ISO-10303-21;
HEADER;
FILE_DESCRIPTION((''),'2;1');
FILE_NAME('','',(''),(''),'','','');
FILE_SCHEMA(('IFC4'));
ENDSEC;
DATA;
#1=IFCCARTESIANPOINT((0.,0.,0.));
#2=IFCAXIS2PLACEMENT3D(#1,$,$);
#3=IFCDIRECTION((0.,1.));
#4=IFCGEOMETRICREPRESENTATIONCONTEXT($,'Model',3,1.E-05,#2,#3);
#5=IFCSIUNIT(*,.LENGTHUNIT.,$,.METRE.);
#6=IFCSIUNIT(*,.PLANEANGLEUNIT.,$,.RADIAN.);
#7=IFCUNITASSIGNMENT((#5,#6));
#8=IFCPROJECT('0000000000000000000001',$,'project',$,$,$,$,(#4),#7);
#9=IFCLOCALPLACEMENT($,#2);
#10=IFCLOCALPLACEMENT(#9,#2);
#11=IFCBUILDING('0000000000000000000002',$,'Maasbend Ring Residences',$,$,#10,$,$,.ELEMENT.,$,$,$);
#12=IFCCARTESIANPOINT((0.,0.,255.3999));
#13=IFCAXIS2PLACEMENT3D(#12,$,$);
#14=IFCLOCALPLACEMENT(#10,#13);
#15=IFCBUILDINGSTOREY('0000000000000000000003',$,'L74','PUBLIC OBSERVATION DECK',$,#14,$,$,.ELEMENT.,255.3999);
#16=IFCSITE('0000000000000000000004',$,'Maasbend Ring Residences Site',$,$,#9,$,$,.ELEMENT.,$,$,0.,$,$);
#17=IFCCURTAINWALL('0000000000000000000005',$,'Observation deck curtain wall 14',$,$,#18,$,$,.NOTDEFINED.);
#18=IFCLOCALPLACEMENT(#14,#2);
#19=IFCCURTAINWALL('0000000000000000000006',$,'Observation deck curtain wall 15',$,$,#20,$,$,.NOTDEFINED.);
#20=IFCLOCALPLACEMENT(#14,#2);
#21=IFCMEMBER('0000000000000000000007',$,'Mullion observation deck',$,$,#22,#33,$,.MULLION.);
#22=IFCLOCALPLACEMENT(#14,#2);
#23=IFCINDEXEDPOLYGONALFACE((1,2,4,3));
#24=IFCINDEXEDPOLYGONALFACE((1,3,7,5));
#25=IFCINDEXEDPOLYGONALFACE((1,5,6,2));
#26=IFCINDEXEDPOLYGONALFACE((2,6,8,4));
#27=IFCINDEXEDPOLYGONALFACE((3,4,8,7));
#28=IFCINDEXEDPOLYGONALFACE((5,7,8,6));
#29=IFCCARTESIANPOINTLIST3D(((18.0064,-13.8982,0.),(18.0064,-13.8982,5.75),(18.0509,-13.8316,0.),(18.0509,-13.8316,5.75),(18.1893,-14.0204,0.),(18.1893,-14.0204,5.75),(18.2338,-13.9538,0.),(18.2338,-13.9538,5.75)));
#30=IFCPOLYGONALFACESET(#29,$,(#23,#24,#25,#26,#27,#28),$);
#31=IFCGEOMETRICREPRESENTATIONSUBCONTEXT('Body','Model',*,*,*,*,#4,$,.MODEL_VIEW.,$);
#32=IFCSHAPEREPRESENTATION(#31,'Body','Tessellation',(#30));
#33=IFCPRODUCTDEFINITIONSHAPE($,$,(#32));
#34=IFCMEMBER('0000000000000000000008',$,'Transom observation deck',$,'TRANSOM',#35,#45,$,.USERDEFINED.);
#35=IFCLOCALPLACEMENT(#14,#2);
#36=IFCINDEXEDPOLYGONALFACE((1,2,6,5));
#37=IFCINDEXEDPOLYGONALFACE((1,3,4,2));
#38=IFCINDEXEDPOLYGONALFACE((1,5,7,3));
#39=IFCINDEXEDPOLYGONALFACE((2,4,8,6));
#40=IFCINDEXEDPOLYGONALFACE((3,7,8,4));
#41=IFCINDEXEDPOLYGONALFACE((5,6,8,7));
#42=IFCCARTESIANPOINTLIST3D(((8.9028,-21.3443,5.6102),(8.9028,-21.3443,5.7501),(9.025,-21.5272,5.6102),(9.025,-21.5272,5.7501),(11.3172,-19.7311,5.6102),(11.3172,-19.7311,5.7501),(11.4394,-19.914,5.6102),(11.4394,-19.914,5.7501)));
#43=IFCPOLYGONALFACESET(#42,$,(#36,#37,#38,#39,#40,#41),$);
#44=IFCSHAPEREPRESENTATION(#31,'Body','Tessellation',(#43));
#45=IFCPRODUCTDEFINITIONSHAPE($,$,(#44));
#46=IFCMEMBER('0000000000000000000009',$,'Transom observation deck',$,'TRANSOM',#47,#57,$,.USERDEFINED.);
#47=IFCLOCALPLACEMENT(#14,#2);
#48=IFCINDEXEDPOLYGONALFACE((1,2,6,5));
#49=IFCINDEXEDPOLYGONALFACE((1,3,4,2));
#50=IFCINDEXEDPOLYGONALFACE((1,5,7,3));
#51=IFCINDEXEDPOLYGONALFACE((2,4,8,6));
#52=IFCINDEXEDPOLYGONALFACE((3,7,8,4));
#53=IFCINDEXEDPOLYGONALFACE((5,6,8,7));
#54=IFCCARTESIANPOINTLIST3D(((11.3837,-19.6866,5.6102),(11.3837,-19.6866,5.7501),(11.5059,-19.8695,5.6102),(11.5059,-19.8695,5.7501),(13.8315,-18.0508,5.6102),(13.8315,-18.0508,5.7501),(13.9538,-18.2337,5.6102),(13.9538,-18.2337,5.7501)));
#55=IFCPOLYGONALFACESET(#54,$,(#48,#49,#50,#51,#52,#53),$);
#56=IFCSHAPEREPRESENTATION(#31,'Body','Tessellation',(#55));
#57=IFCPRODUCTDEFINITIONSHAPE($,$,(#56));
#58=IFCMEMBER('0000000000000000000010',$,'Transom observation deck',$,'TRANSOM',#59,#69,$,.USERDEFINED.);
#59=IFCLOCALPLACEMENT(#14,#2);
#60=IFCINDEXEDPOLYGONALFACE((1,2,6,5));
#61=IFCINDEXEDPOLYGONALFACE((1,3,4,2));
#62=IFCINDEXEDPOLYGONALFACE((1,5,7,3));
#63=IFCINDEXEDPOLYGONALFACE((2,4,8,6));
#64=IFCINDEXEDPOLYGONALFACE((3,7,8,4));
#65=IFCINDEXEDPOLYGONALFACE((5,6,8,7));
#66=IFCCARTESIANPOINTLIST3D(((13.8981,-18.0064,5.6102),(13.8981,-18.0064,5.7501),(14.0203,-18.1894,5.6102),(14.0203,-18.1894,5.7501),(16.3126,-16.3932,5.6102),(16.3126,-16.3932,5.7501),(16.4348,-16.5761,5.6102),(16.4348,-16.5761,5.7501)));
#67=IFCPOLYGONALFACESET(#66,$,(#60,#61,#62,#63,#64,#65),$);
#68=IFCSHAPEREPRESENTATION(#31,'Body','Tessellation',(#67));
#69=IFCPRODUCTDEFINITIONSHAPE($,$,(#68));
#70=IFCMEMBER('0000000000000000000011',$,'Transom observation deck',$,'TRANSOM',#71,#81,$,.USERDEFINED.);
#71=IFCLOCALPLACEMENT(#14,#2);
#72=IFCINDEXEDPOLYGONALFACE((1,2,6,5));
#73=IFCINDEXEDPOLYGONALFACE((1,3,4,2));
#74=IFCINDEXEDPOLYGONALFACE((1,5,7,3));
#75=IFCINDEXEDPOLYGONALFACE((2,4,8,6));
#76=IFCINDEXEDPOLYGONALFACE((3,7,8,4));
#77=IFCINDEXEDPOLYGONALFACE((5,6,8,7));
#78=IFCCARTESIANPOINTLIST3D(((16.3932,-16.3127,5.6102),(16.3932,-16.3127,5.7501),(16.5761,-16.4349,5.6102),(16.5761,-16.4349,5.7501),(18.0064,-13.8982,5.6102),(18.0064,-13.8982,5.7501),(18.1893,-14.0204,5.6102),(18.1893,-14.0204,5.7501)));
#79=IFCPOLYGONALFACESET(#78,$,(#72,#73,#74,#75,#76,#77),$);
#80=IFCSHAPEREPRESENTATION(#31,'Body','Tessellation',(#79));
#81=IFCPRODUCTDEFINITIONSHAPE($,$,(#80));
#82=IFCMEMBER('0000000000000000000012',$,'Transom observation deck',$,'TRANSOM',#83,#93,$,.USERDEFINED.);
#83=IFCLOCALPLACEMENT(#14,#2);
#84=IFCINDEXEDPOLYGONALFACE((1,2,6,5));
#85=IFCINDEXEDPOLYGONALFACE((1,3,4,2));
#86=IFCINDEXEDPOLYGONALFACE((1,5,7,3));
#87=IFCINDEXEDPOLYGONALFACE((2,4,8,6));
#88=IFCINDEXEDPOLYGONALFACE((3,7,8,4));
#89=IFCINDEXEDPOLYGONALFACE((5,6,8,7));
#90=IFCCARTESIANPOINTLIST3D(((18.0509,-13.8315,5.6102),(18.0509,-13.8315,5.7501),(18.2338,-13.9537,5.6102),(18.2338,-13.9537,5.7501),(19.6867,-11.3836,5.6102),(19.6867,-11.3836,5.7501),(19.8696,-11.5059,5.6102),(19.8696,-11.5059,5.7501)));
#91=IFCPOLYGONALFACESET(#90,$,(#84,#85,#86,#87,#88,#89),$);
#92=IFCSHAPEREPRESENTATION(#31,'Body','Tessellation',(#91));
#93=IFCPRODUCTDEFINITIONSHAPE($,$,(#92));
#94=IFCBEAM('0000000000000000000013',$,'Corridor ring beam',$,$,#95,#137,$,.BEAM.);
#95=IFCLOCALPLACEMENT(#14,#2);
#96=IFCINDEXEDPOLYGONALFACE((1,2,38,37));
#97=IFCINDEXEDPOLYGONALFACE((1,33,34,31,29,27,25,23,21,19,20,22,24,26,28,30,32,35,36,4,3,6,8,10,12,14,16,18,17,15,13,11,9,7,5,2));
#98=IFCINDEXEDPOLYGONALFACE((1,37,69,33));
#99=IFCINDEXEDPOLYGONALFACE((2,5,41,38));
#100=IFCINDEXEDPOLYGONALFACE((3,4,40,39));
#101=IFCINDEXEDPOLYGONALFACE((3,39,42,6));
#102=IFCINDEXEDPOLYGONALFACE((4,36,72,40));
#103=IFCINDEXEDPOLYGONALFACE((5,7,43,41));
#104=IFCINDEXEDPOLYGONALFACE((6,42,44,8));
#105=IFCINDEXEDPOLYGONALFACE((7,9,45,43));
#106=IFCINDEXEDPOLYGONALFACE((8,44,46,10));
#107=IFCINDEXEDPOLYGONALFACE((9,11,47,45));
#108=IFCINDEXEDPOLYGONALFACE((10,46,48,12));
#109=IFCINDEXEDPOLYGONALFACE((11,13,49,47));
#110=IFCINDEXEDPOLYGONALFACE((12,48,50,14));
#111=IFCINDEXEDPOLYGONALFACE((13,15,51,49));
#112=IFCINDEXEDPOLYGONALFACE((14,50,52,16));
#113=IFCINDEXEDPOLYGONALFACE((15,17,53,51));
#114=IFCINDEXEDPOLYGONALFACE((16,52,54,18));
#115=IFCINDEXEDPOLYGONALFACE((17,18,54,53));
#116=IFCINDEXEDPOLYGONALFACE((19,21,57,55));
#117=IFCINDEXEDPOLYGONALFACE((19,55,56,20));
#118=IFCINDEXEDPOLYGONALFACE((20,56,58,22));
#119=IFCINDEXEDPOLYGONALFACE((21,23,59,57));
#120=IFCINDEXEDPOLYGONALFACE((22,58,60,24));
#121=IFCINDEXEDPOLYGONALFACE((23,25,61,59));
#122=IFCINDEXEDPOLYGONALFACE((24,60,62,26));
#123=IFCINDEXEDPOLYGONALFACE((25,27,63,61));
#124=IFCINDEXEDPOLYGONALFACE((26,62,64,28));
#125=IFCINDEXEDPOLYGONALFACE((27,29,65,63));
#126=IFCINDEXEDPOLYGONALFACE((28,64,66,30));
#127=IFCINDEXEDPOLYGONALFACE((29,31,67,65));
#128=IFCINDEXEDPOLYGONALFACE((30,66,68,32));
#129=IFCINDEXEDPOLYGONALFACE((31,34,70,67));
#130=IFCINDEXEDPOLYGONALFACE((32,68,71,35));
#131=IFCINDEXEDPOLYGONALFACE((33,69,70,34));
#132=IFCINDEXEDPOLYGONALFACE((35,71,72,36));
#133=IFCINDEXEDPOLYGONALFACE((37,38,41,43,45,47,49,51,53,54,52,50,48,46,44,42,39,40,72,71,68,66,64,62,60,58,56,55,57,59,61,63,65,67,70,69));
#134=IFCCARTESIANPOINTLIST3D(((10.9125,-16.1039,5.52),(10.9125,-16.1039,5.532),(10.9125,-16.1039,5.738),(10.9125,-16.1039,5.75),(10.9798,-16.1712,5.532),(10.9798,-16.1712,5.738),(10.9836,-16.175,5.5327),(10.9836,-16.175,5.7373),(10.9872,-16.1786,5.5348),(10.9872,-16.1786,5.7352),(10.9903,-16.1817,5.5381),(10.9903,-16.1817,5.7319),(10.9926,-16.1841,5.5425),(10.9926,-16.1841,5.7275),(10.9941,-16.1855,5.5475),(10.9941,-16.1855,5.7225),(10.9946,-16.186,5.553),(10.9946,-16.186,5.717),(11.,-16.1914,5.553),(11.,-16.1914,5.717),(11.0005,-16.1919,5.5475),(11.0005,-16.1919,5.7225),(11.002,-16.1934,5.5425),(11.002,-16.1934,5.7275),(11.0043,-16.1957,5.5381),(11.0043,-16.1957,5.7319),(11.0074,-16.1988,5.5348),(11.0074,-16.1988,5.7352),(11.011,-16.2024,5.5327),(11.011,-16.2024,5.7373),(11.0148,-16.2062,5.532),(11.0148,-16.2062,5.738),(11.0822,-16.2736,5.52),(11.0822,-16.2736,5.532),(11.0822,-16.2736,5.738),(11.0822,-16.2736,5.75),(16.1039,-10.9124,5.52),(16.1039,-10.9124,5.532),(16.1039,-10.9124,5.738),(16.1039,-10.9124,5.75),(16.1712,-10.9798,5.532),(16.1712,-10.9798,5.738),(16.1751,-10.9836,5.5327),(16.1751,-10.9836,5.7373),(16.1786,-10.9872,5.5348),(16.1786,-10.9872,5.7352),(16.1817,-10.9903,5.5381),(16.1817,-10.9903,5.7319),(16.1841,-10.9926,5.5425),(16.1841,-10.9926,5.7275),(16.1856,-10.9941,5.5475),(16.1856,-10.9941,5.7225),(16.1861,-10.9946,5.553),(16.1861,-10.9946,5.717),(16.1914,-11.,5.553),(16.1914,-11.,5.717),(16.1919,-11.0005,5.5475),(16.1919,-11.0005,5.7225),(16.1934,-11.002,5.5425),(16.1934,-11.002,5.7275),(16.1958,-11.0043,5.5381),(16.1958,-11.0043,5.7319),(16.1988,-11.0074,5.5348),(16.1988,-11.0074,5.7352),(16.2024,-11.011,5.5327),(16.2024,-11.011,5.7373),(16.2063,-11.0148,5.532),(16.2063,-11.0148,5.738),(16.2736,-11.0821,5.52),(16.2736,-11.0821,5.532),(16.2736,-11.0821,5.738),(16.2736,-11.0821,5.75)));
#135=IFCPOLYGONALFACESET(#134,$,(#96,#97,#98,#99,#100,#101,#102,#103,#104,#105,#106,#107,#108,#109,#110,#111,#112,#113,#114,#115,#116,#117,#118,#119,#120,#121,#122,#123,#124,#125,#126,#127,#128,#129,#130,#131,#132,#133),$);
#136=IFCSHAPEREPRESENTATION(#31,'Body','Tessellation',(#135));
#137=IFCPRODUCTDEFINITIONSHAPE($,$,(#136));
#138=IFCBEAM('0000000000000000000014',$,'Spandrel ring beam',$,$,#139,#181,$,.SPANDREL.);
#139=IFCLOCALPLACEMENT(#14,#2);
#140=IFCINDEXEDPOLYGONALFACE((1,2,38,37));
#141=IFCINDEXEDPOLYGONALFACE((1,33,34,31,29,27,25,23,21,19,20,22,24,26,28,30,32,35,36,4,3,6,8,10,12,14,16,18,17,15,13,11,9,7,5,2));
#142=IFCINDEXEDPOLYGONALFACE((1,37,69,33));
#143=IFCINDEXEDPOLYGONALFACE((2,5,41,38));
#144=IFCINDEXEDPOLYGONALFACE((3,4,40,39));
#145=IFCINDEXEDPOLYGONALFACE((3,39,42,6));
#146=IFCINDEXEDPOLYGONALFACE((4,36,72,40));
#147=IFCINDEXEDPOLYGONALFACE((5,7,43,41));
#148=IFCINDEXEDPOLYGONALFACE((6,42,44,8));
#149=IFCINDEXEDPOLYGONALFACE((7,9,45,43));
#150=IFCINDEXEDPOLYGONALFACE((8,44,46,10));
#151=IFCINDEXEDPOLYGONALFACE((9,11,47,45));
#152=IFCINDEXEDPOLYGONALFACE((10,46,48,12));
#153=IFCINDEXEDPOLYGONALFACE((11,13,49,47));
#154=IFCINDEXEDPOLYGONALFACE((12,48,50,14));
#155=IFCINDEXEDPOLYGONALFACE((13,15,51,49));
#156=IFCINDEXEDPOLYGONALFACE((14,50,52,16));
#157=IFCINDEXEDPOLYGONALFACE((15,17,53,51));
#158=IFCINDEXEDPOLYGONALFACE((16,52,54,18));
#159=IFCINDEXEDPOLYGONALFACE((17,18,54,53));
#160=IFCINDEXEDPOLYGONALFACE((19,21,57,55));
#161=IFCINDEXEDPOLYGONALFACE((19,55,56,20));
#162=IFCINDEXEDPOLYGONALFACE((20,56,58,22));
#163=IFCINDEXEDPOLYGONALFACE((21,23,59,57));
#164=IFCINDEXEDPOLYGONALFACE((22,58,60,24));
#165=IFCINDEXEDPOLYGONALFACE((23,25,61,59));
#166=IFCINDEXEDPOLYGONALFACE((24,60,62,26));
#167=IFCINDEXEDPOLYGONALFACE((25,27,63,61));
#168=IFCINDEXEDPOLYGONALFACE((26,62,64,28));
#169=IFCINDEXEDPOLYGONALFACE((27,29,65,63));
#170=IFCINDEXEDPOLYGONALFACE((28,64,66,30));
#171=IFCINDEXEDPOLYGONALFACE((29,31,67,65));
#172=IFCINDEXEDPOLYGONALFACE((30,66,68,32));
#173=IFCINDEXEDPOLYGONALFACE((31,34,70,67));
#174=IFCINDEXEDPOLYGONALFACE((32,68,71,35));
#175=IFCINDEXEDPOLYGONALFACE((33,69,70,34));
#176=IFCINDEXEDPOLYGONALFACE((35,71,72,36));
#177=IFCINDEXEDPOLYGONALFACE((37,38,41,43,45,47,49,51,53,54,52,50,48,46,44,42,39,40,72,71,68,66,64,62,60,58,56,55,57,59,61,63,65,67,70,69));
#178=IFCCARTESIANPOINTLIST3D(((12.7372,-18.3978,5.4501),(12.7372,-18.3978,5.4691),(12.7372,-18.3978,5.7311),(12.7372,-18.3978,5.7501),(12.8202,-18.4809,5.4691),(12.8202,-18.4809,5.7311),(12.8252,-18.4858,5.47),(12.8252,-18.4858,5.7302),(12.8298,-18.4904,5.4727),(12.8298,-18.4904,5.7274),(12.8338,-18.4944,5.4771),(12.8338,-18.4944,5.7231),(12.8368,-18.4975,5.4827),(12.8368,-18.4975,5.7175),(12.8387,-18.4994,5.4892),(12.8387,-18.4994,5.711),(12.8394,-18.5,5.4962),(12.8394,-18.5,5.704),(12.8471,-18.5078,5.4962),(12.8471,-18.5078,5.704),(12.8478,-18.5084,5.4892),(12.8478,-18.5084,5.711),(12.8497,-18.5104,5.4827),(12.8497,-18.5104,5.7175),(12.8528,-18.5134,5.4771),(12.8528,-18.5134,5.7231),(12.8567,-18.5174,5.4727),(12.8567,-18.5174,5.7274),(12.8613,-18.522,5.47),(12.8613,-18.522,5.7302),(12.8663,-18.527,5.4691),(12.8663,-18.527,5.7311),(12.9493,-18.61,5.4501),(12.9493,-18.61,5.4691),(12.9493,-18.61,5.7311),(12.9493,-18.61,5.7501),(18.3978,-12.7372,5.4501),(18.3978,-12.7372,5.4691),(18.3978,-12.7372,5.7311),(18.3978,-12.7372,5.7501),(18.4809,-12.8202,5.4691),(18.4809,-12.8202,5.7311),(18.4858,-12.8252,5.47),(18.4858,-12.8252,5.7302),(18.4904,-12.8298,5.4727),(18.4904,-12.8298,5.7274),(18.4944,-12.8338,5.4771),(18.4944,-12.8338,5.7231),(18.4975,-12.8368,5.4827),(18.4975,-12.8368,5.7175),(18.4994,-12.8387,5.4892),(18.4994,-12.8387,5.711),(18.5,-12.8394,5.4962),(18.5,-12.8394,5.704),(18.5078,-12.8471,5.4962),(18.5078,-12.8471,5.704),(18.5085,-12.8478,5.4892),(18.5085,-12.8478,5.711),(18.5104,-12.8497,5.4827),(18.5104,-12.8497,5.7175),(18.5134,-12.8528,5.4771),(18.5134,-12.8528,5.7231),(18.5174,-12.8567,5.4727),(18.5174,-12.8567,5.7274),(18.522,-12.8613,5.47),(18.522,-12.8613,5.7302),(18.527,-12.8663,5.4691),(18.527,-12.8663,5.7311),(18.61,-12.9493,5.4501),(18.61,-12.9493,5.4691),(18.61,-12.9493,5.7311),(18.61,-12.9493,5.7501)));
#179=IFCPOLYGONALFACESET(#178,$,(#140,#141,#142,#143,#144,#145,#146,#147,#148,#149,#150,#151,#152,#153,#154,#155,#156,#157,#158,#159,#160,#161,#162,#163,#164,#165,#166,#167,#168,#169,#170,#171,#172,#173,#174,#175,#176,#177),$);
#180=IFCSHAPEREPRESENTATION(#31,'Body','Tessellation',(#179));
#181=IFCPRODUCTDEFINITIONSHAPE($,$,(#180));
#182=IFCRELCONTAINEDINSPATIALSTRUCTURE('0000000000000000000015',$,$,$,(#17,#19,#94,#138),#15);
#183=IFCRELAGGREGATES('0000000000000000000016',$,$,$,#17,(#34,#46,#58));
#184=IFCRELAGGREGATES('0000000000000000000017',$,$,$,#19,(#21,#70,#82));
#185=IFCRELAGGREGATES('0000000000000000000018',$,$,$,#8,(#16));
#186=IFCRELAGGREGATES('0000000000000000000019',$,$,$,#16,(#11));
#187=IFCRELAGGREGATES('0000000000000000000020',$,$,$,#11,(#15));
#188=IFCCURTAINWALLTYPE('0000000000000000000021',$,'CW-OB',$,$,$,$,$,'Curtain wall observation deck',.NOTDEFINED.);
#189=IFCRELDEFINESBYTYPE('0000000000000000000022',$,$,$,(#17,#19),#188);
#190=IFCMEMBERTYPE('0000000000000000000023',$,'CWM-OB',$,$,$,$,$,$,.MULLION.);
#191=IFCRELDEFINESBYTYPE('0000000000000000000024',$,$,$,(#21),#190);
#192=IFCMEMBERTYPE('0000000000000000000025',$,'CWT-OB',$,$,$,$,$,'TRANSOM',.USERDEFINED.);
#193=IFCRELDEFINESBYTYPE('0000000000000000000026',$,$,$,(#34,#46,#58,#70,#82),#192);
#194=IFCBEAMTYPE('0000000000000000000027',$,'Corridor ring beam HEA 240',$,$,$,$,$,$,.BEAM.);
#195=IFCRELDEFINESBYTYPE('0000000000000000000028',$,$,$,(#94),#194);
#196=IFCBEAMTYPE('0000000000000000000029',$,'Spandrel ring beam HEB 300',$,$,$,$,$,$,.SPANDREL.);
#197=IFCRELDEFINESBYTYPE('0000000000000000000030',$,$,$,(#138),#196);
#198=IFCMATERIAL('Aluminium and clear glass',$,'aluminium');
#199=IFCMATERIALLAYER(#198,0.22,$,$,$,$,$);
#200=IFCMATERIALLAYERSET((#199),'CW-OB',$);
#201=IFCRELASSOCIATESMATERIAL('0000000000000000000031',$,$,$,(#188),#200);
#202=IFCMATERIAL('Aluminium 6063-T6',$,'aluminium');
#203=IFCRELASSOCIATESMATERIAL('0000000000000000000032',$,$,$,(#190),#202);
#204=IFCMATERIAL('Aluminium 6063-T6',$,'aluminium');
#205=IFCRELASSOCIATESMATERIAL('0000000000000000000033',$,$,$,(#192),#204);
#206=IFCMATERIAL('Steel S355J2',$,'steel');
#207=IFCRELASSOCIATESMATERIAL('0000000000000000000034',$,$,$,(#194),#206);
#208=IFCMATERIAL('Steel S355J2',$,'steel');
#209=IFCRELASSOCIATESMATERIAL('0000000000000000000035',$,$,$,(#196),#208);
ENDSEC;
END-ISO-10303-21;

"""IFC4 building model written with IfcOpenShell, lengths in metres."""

from ifc_helpers import new_model, si_unit, direction, frame, origin, origin_2d, place, context, subcontext, project, spatial, rectangle, i_section, extrude, material, layer, layer_set, material_profile, profile_set, type_object, element, aggregate, save


model = new_model("IFC4")

# Units and contexts
model_context = context("Model", 3, precision=1e-05, world=origin(), true_north=direction((0.0, 1.0)))
body_context = subcontext(model_context, "Body", "Model", "MODEL_VIEW")
ifc_project = project(units=[si_unit("LENGTHUNIT", "METRE"), si_unit("PLANEANGLEUNIT", "RADIAN")], contexts=[model_context])

# Site, building, storey
site_placement = place(None, origin())
site = spatial("IfcSite", under=ifc_project, at=site_placement, Name="Maasbend Ring Residences Site", CompositionType="ELEMENT", RefElevation=0.0)
building_placement = place(site_placement, origin())
building = spatial("IfcBuilding", under=site, at=building_placement, Name="Maasbend Ring Residences", CompositionType="ELEMENT")
storey_placement = place(building_placement, frame((0.0, 0.0, 255.3999)))
storey = spatial("IfcBuildingStorey", under=building, at=storey_placement, Name="L74", Description="PUBLIC OBSERVATION DECK", CompositionType="ELEMENT", Elevation=255.3999)

# Curtain walls, member
ifc_material_1 = material(Name="Aluminium and clear glass", Category="aluminium")
ifc_layer_1 = layer(ifc_material_1, 0.22)
ifc_layer_set_1 = layer_set([ifc_layer_1], Name="CW-OB")
curtain_wall_type = type_object("IfcCurtainWallType", Name="CW-OB", ElementType="Curtain wall observation deck", PredefinedType="NOTDEFINED", material=ifc_layer_set_1)
curtain_wall_1_placement = place(storey_placement, origin())
curtain_wall_1 = element("IfcCurtainWall", 1, at=curtain_wall_1_placement, inside=storey, type_object=curtain_wall_type, Name="Observation deck curtain wall 14", PredefinedType="NOTDEFINED")
ifc_material_2 = material(Name="Aluminium 6063-T6", Category="aluminium")
ifc_material_profile_1 = material_profile(ifc_material_2, rectangle(XDim=0.22, YDim=0.0801, at=origin_2d()), Name="AL 220x80")
ifc_profile_set_1 = profile_set([ifc_material_profile_1], Name="Aluminium 6063-T6")
member_type_1 = type_object("IfcMemberType", Name="CWM-OB", PredefinedType="MULLION", material=ifc_profile_set_1)
curtain_wall_2_placement = place(storey_placement, origin())
curtain_wall_2 = element("IfcCurtainWall", 2, at=curtain_wall_2_placement, inside=storey, type_object=curtain_wall_type, Name="Observation deck curtain wall 15", PredefinedType="NOTDEFINED")
member_1_placement = place(storey_placement, frame((18.1201, -13.926, 0.0), z_axis=(0.0, 0.0, 1.0), x_axis=(-0.83147, 0.55557, 0.0)))
member_1 = element("IfcMember", 3, at=member_1_placement, type_object=member_type_1, Name="Mullion observation deck", PredefinedType="MULLION", context=body_context, shape_type="SweptSolid", body=[
    extrude(rectangle(XDim=0.22, YDim=0.0801, at=origin_2d()), origin(), (0.0, 0.0, 1.0), 5.75),
])

# Members
ifc_material_3 = material(Name="Aluminium 6063-T6", Category="aluminium")
ifc_material_profile_2 = material_profile(ifc_material_3, rectangle(XDim=0.22, YDim=0.1399, at=origin_2d()), Name="AL 220x140")
ifc_profile_set_2 = profile_set([ifc_material_profile_2], Name="Aluminium 6063-T6")
member_type_2 = type_object("IfcMemberType", Name="CWT-OB", ElementType="TRANSOM", PredefinedType="USERDEFINED", material=ifc_profile_set_2)
member_2_placement = place(storey_placement, frame((8.9639, -21.4358, 5.6802), z_axis=(0.831481, 0.555554, 0.0), x_axis=(-0.555554, 0.831481, 0.0)))
member_2 = element("IfcMember", 4, at=member_2_placement, type_object=member_type_2, Name="Transom observation deck", ObjectType="TRANSOM", PredefinedType="USERDEFINED", context=body_context, shape_type="SweptSolid", body=[
    extrude(rectangle(XDim=0.22, YDim=0.1399, at=origin_2d()), origin(), (0.0, 0.0, 1.0), 2.9038),
])
member_3_placement = place(storey_placement, frame((11.4448, -19.7781, 5.6802), z_axis=(0.831437, 0.555618, 0.0), x_axis=(-0.555618, 0.831437, 0.0)))
member_3 = element("IfcMember", 5, at=member_3_placement, type_object=member_type_2, Name="Transom observation deck", ObjectType="TRANSOM", PredefinedType="USERDEFINED", context=body_context, shape_type="SweptSolid", body=[
    extrude(rectangle(XDim=0.22, YDim=0.1399, at=origin_2d()), origin(), (0.0, 0.0, 1.0), 2.9441),
])
member_4_placement = place(storey_placement, frame((13.9592, -18.0979, 5.6802), z_axis=(0.831481, 0.555554, 0.0), x_axis=(-0.555554, 0.831481, 0.0)))
member_4 = element("IfcMember", 6, at=member_4_placement, type_object=member_type_2, Name="Transom observation deck", ObjectType="TRANSOM", PredefinedType="USERDEFINED", context=body_context, shape_type="SweptSolid", body=[
    extrude(rectangle(XDim=0.22, YDim=0.1399, at=origin_2d()), origin(), (0.0, 0.0, 1.0), 2.9038),
])
member_5_placement = place(storey_placement, frame((16.4846, -16.3738, 5.6802), z_axis=(0.555554, 0.831481, 0.0), x_axis=(-0.831481, 0.555554, 0.0)))
member_5 = element("IfcMember", 7, at=member_5_placement, type_object=member_type_2, Name="Transom observation deck", ObjectType="TRANSOM", PredefinedType="USERDEFINED", context=body_context, shape_type="SweptSolid", body=[
    extrude(rectangle(XDim=0.22, YDim=0.1399, at=origin_2d()), origin(), (0.0, 0.0, 1.0), 2.9038),
])
member_6_placement = place(storey_placement, frame((18.1423, -13.8926, 5.6802), z_axis=(0.555618, 0.831437, 0.0), x_axis=(-0.831437, 0.555618, 0.0)))
member_6 = element("IfcMember", 8, at=member_6_placement, type_object=member_type_2, Name="Transom observation deck", ObjectType="TRANSOM", PredefinedType="USERDEFINED", context=body_context, shape_type="SweptSolid", body=[
    extrude(rectangle(XDim=0.22, YDim=0.1399, at=origin_2d()), origin(), (0.0, 0.0, 1.0), 2.9441),
])

# Beams
ifc_material_4 = material(Name="Steel S355J2", Category="steel")
ifc_material_profile_3 = material_profile(ifc_material_4, i_section(OverallWidth=0.24, OverallDepth=0.23, WebThickness=0.0076, FlangeThickness=0.012, FilletRadius=0.021, at=origin_2d()), Name="HEA 240")
ifc_profile_set_3 = profile_set([ifc_material_profile_3], Name="Steel S355J2")
beam_type_1 = type_object("IfcBeamType", Name="Corridor ring beam HEA 240", PredefinedType="BEAM", material=ifc_profile_set_3)
beam_1_placement = place(storey_placement, frame((10.9973, -16.1887, 5.635), z_axis=(0.707107, 0.707107, 0.0), x_axis=(-0.707107, 0.707107, 0.0)))
element("IfcBeam", 9, at=beam_1_placement, inside=storey, type_object=beam_type_1, Name="Corridor ring beam", PredefinedType="BEAM", context=body_context, shape_type="SweptSolid", body=[
    extrude(i_section(OverallWidth=0.24, OverallDepth=0.23, WebThickness=0.0076, FlangeThickness=0.012, FilletRadius=0.021, at=origin_2d()), origin(), (0.0, 0.0, 1.0), 7.3418),
])
ifc_material_5 = material(Name="Steel S355J2", Category="steel")
ifc_material_profile_4 = material_profile(ifc_material_5, i_section(OverallWidth=0.3, OverallDepth=0.3, WebThickness=0.011, FlangeThickness=0.019, FilletRadius=0.0271, at=origin_2d()), Name="HEB 300")
ifc_profile_set_4 = profile_set([ifc_material_profile_4], Name="Steel S355J2")
beam_type_2 = type_object("IfcBeamType", Name="Spandrel ring beam HEB 300", PredefinedType="SPANDREL", material=ifc_profile_set_4)
beam_2_placement = place(storey_placement, frame((12.8433, -18.5039, 5.6001), z_axis=(0.707107, 0.707107, 0.0), x_axis=(-0.707107, 0.707107, 0.0)))
element("IfcBeam", 10, at=beam_2_placement, inside=storey, type_object=beam_type_2, Name="Spandrel ring beam", PredefinedType="SPANDREL", context=body_context, shape_type="SweptSolid", body=[
    extrude(i_section(OverallWidth=0.3, OverallDepth=0.3, WebThickness=0.011, FlangeThickness=0.019, FilletRadius=0.0271, at=origin_2d()), origin(), (0.0, 0.0, 1.0), 8.0054),
])

aggregate(curtain_wall_1, [member_2, member_3, member_4])
aggregate(curtain_wall_2, [member_1, member_5, member_6])

save(model, "model.ifc")
